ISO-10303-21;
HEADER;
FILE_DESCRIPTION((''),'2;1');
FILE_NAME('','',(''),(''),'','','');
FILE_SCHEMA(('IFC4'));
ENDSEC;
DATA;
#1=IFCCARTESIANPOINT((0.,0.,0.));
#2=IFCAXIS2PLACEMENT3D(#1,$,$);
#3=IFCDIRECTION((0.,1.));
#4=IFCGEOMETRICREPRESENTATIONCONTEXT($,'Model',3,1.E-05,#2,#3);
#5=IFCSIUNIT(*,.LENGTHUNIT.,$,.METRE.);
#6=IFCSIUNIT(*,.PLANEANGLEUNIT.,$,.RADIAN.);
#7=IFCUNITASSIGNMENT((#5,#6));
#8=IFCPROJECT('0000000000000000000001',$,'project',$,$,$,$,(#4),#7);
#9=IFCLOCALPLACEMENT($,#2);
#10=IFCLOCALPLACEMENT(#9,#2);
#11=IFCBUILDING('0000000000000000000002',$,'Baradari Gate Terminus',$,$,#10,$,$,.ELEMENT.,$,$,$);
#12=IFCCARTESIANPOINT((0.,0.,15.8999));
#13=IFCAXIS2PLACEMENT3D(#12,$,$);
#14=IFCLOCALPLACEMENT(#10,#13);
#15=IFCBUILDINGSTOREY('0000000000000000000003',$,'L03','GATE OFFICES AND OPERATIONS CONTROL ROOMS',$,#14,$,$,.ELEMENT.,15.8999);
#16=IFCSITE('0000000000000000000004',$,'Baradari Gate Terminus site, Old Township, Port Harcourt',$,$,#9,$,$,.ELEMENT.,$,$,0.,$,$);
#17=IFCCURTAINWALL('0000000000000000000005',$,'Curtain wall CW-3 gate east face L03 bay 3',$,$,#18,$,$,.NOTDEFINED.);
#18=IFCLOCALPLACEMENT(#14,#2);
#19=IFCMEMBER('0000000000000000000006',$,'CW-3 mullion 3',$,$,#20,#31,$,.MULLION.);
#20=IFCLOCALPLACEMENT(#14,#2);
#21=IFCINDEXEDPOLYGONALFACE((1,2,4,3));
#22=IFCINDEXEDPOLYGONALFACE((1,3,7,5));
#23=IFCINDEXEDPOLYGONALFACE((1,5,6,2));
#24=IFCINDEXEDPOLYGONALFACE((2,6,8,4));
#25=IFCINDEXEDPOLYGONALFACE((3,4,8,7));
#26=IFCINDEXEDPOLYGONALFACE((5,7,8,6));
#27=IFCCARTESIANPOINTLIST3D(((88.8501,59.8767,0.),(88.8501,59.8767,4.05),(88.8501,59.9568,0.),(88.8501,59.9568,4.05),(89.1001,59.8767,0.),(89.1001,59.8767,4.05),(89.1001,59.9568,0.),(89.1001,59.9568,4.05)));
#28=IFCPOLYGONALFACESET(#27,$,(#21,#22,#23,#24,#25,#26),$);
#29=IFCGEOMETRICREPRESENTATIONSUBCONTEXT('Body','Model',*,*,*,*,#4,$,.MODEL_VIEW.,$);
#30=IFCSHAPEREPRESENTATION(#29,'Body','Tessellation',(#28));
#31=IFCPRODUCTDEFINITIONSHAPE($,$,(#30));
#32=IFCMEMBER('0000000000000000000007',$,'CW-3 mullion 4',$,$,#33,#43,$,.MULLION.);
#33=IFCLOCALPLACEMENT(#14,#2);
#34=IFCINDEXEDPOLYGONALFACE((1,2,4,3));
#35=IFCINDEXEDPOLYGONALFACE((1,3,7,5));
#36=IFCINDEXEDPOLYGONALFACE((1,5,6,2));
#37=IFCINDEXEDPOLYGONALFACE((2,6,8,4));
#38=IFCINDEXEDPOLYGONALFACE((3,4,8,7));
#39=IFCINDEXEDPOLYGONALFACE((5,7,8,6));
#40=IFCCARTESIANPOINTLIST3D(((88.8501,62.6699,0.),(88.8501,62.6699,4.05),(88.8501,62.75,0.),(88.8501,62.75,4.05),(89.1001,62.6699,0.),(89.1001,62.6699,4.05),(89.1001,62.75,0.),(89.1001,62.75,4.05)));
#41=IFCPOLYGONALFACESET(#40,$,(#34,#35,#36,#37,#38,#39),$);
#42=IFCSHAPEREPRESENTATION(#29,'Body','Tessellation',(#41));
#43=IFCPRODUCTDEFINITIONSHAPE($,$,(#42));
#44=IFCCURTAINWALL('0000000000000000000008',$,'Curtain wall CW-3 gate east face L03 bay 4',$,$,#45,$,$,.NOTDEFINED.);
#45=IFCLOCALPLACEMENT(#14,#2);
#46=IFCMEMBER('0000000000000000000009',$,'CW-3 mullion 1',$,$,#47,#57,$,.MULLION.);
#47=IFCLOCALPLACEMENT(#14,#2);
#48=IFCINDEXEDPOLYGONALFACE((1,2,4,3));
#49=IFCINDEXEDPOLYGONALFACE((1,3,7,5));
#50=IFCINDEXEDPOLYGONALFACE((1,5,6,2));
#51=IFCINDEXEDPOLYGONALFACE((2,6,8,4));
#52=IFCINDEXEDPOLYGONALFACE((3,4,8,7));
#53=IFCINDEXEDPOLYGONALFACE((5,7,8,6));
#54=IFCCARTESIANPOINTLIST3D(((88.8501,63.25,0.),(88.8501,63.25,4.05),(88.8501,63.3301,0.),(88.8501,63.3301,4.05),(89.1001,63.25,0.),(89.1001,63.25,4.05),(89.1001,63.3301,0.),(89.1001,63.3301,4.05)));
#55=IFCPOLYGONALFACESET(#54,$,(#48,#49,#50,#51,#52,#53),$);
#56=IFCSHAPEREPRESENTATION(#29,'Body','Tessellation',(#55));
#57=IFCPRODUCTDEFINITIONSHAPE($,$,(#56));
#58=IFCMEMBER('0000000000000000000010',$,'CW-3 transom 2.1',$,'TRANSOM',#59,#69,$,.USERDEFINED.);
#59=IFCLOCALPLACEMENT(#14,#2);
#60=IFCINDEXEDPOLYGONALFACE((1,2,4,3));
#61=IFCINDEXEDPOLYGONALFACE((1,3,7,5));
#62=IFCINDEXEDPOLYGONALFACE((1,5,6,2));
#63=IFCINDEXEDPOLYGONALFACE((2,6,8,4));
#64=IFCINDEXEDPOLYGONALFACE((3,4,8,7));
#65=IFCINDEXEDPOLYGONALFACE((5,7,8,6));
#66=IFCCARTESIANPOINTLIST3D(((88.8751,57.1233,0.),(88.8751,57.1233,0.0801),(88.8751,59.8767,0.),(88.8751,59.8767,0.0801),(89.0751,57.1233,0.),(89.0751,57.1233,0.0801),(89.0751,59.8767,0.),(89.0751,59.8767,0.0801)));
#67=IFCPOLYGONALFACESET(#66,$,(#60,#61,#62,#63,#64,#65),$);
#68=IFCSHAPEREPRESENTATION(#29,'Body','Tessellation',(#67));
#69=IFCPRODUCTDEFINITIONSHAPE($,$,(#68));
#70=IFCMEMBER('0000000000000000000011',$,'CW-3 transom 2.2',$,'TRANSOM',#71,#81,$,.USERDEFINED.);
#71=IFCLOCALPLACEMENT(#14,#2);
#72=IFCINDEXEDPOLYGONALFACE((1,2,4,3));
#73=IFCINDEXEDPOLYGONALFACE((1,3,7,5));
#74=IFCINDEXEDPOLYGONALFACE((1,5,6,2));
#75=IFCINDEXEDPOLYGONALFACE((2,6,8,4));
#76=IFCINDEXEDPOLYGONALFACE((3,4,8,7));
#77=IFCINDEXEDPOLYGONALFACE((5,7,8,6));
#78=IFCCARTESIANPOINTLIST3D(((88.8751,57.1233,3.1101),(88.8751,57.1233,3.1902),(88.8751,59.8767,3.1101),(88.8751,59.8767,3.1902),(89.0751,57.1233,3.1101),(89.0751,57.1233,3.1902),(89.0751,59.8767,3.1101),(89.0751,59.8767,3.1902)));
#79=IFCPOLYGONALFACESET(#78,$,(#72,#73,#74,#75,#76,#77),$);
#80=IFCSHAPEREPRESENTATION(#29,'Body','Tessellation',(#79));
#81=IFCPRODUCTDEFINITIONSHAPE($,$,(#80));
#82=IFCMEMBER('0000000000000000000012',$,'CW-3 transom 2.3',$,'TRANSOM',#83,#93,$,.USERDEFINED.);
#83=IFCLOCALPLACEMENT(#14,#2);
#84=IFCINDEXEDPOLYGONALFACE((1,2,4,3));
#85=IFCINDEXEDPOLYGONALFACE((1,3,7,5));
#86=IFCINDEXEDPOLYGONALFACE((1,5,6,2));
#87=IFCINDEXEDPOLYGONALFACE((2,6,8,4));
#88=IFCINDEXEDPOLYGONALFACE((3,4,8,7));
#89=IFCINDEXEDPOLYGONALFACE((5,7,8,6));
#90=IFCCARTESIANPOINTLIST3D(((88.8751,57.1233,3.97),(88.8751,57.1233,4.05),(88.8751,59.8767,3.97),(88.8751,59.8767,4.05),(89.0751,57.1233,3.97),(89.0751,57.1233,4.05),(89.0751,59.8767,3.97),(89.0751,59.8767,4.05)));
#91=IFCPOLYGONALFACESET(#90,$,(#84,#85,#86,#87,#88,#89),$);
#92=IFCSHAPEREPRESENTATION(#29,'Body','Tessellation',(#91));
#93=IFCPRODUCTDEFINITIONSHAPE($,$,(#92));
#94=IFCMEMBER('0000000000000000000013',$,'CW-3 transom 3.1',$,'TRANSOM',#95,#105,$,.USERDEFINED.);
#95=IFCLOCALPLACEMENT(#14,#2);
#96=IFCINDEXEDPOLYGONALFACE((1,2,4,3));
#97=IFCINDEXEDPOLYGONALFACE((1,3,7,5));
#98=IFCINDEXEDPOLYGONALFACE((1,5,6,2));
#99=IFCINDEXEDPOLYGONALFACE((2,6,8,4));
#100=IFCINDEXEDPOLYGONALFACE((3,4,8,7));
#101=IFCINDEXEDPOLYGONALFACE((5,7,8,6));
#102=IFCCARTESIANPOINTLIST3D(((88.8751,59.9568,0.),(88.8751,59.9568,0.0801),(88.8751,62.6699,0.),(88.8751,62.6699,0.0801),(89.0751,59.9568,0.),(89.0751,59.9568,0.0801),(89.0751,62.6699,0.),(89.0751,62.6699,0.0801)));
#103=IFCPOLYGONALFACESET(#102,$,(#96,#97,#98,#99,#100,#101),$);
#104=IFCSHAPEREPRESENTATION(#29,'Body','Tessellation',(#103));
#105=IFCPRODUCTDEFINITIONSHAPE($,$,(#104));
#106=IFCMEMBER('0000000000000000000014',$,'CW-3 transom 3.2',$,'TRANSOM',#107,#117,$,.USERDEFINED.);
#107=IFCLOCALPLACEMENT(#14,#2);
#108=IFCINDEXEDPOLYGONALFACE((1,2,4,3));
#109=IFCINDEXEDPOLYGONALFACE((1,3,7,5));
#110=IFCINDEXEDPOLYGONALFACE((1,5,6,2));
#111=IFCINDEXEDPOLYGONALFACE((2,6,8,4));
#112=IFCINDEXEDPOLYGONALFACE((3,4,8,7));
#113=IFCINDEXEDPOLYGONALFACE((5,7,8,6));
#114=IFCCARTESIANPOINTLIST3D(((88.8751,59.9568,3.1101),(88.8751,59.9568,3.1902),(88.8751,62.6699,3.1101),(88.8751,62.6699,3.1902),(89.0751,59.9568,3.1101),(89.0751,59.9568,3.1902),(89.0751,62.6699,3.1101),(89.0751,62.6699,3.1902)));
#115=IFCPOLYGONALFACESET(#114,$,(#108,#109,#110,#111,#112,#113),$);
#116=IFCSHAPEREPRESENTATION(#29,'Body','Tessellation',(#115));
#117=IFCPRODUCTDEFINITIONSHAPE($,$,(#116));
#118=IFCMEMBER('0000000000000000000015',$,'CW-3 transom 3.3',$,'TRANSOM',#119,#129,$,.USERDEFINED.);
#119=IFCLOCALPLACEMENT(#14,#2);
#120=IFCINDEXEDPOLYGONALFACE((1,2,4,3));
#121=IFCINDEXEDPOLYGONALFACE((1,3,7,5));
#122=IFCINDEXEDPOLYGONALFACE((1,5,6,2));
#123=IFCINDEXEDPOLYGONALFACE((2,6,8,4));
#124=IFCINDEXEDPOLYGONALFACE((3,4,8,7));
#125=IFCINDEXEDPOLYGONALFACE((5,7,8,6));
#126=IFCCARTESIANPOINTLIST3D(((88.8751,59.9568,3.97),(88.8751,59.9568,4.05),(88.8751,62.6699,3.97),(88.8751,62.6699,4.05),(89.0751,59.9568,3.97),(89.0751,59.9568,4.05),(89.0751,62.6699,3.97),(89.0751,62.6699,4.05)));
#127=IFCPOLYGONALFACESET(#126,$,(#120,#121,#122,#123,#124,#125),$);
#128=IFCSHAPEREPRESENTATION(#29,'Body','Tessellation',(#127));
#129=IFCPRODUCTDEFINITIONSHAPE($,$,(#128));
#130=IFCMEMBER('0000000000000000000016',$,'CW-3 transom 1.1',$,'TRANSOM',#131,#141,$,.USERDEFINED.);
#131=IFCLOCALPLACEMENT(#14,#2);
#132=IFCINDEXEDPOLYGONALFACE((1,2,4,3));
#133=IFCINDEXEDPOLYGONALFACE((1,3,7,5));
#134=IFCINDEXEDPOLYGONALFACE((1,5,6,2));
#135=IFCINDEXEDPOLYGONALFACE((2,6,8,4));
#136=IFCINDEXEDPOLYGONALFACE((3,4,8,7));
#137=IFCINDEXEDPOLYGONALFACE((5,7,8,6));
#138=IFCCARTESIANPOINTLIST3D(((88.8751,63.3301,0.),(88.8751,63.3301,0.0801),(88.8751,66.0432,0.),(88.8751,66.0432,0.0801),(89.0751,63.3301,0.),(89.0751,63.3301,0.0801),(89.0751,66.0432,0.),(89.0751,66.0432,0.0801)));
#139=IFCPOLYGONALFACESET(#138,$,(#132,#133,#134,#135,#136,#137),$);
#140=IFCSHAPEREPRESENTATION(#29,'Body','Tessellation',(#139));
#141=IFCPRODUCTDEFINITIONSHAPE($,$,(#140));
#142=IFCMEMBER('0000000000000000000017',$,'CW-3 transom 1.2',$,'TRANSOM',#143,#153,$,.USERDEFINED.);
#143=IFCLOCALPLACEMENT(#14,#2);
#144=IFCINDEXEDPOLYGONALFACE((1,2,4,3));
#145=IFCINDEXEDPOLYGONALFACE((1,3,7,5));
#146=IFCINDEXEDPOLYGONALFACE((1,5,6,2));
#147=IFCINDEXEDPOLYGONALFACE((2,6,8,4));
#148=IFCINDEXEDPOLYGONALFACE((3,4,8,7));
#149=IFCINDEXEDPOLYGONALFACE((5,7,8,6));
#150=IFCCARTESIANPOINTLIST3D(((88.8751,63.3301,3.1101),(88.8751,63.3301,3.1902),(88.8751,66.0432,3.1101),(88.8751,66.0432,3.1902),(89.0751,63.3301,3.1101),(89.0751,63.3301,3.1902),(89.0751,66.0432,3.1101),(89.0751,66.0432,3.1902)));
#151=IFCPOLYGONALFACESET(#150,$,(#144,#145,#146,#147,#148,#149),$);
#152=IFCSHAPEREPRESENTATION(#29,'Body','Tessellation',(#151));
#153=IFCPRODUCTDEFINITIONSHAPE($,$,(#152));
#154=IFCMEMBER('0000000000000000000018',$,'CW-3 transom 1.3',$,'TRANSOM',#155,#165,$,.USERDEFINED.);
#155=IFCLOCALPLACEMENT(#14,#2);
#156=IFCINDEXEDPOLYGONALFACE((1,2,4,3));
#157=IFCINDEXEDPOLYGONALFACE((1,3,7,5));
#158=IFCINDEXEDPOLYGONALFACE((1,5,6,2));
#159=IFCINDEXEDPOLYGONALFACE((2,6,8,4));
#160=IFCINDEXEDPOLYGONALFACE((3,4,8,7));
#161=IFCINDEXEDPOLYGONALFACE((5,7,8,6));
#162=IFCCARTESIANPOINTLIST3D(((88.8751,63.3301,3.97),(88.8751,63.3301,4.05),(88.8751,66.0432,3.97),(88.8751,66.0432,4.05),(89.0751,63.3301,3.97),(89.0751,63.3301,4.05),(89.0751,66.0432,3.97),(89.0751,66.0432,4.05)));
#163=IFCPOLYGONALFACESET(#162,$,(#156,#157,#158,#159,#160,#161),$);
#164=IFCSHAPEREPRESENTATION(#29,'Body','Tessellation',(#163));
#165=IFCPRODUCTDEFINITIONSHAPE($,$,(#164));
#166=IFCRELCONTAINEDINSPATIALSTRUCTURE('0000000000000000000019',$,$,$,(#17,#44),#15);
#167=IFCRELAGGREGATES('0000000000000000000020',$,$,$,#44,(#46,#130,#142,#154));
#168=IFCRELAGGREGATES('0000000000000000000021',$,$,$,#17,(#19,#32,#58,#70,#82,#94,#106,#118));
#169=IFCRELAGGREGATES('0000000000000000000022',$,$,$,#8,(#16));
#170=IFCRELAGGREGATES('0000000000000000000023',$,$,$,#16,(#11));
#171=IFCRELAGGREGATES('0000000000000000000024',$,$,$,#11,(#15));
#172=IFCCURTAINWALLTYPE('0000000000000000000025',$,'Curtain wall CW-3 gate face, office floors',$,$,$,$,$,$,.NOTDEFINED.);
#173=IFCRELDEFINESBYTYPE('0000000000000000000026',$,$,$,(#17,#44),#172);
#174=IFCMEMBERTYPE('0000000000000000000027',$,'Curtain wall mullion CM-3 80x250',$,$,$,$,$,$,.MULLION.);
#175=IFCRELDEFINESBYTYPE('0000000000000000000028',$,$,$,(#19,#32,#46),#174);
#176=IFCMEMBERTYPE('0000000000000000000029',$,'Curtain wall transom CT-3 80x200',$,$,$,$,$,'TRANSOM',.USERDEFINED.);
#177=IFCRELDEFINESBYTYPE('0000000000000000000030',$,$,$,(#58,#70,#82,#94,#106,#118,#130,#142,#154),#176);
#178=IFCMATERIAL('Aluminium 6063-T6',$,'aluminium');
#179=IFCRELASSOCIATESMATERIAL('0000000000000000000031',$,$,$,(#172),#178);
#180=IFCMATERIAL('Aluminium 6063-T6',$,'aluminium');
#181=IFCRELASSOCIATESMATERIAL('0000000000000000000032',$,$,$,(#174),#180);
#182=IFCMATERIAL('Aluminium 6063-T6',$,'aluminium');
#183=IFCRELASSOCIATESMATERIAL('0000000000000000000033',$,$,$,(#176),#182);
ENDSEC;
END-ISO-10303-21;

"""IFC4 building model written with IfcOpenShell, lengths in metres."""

from ifc_helpers import new_model, si_unit, direction, frame, origin, origin_2d, place, context, subcontext, project, spatial, rectangle, extrude, material, material_profile, profile_set, type_object, element, aggregate, save


model = new_model("IFC4")

# Units and contexts
model_context = context("Model", 3, precision=1e-05, world=origin(), true_north=direction((0.0, 1.0)))
body_context = subcontext(model_context, "Body", "Model", "MODEL_VIEW")
ifc_project = project(units=[si_unit("LENGTHUNIT", "METRE"), si_unit("PLANEANGLEUNIT", "RADIAN")], contexts=[model_context])

# Site, building, storey
site_placement = place(None, origin())
site = spatial("IfcSite", under=ifc_project, at=site_placement, Name="Baradari Gate Terminus site, Old Township, Port Harcourt", CompositionType="ELEMENT", RefElevation=0.0)
building_placement = place(site_placement, origin())
building = spatial("IfcBuilding", under=site, at=building_placement, Name="Baradari Gate Terminus", CompositionType="ELEMENT")
storey_placement = place(building_placement, frame((0.0, 0.0, 15.8999)))
storey = spatial("IfcBuildingStorey", under=building, at=storey_placement, Name="L03", Description="GATE OFFICES AND OPERATIONS CONTROL ROOMS", CompositionType="ELEMENT", Elevation=15.8999)

# Curtain wall, members
ifc_material_1 = material(Name="Aluminium 6063-T6", Category="aluminium")
curtain_wall_type = type_object("IfcCurtainWallType", Name="Curtain wall CW-3 gate face, office floors", PredefinedType="NOTDEFINED", material=ifc_material_1)
curtain_wall_1_placement = place(storey_placement, origin())
curtain_wall_1 = element("IfcCurtainWall", 1, at=curtain_wall_1_placement, inside=storey, type_object=curtain_wall_type, Name="Curtain wall CW-3 gate east face L03 bay 3", PredefinedType="NOTDEFINED")
ifc_material_2 = material(Name="Aluminium 6063-T6", Category="aluminium")
ifc_material_profile_1 = material_profile(ifc_material_2, rectangle(XDim=0.25, YDim=0.0801, at=origin_2d()), Name="CM-3 80X250")
ifc_profile_set_1 = profile_set([ifc_material_profile_1], Name="Aluminium 6063-T6")
member_type_1 = type_object("IfcMemberType", Name="Curtain wall mullion CM-3 80x250", PredefinedType="MULLION", material=ifc_profile_set_1)
member_1_placement = place(storey_placement, frame((88.9751, 59.9167, 0.0), z_axis=(0.0, 0.0, 1.0), x_axis=(-1.0, 0.0, 0.0)))
member_1 = element("IfcMember", 2, at=member_1_placement, type_object=member_type_1, Name="CW-3 mullion 3", PredefinedType="MULLION", context=body_context, shape_type="SweptSolid", body=[
    extrude(rectangle(XDim=0.25, YDim=0.0801, at=origin_2d()), origin(), (0.0, 0.0, 1.0), 4.05),
])
member_2_placement = place(storey_placement, frame((88.9751, 62.71, 0.0), z_axis=(0.0, 0.0, 1.0), x_axis=(-1.0, 0.0, 0.0)))
member_2 = element("IfcMember", 3, at=member_2_placement, type_object=member_type_1, Name="CW-3 mullion 4", PredefinedType="MULLION", context=body_context, shape_type="SweptSolid", body=[
    extrude(rectangle(XDim=0.25, YDim=0.0801, at=origin_2d()), origin(), (0.0, 0.0, 1.0), 4.05),
])

# Curtain wall, member
curtain_wall_2_placement = place(storey_placement, origin())
curtain_wall_2 = element("IfcCurtainWall", 4, at=curtain_wall_2_placement, inside=storey, type_object=curtain_wall_type, Name="Curtain wall CW-3 gate east face L03 bay 4", PredefinedType="NOTDEFINED")
member_3_placement = place(storey_placement, frame((88.9751, 63.29, 0.0), z_axis=(0.0, 0.0, 1.0), x_axis=(-1.0, 0.0, 0.0)))
member_3 = element("IfcMember", 5, at=member_3_placement, type_object=member_type_1, Name="CW-3 mullion 1", PredefinedType="MULLION", context=body_context, shape_type="SweptSolid", body=[
    extrude(rectangle(XDim=0.25, YDim=0.0801, at=origin_2d()), origin(), (0.0, 0.0, 1.0), 4.05),
])

# Members
ifc_material_3 = material(Name="Aluminium 6063-T6", Category="aluminium")
ifc_material_profile_2 = material_profile(ifc_material_3, rectangle(XDim=0.2, YDim=0.0801, at=origin_2d()), Name="CT-3 80X200")
ifc_profile_set_2 = profile_set([ifc_material_profile_2], Name="Aluminium 6063-T6")
member_type_2 = type_object("IfcMemberType", Name="Curtain wall transom CT-3 80x200", ElementType="TRANSOM", PredefinedType="USERDEFINED", material=ifc_profile_set_2)
member_4_placement = place(storey_placement, frame((88.9751, 57.1233, 0.04), z_axis=(0.0, 1.0, 0.0), x_axis=(-1.0, 0.0, 0.0)))
member_4 = element("IfcMember", 6, at=member_4_placement, type_object=member_type_2, Name="CW-3 transom 2.1", ObjectType="TRANSOM", PredefinedType="USERDEFINED", context=body_context, shape_type="SweptSolid", body=[
    extrude(rectangle(XDim=0.2, YDim=0.0801, at=origin_2d()), origin(), (0.0, 0.0, 1.0), 2.7534),
])
member_5_placement = place(storey_placement, frame((88.9751, 57.1233, 3.1501), z_axis=(0.0, 1.0, 0.0), x_axis=(-1.0, 0.0, 0.0)))
member_5 = element("IfcMember", 7, at=member_5_placement, type_object=member_type_2, Name="CW-3 transom 2.2", ObjectType="TRANSOM", PredefinedType="USERDEFINED", context=body_context, shape_type="SweptSolid", body=[
    extrude(rectangle(XDim=0.2, YDim=0.0801, at=origin_2d()), origin(), (0.0, 0.0, 1.0), 2.7534),
])
member_6_placement = place(storey_placement, frame((88.9751, 57.1233, 4.01), z_axis=(0.0, 1.0, 0.0), x_axis=(-1.0, 0.0, 0.0)))
member_6 = element("IfcMember", 8, at=member_6_placement, type_object=member_type_2, Name="CW-3 transom 2.3", ObjectType="TRANSOM", PredefinedType="USERDEFINED", context=body_context, shape_type="SweptSolid", body=[
    extrude(rectangle(XDim=0.2, YDim=0.0801, at=origin_2d()), origin(), (0.0, 0.0, 1.0), 2.7534),
])
member_7_placement = place(storey_placement, frame((88.9751, 59.9568, 0.04), z_axis=(0.0, 1.0, 0.0), x_axis=(-1.0, 0.0, 0.0)))
member_7 = element("IfcMember", 9, at=member_7_placement, type_object=member_type_2, Name="CW-3 transom 3.1", ObjectType="TRANSOM", PredefinedType="USERDEFINED", context=body_context, shape_type="SweptSolid", body=[
    extrude(rectangle(XDim=0.2, YDim=0.0801, at=origin_2d()), origin(), (0.0, 0.0, 1.0), 2.7131),
])
member_8_placement = place(storey_placement, frame((88.9751, 59.9568, 3.1501), z_axis=(0.0, 1.0, 0.0), x_axis=(-1.0, 0.0, 0.0)))
member_8 = element("IfcMember", 10, at=member_8_placement, type_object=member_type_2, Name="CW-3 transom 3.2", ObjectType="TRANSOM", PredefinedType="USERDEFINED", context=body_context, shape_type="SweptSolid", body=[
    extrude(rectangle(XDim=0.2, YDim=0.0801, at=origin_2d()), origin(), (0.0, 0.0, 1.0), 2.7131),
])
member_9_placement = place(storey_placement, frame((88.9751, 59.9568, 4.01), z_axis=(0.0, 1.0, 0.0), x_axis=(-1.0, 0.0, 0.0)))
member_9 = element("IfcMember", 11, at=member_9_placement, type_object=member_type_2, Name="CW-3 transom 3.3", ObjectType="TRANSOM", PredefinedType="USERDEFINED", context=body_context, shape_type="SweptSolid", body=[
    extrude(rectangle(XDim=0.2, YDim=0.0801, at=origin_2d()), origin(), (0.0, 0.0, 1.0), 2.7131),
])
member_10_placement = place(storey_placement, frame((88.9751, 63.3301, 0.04), z_axis=(0.0, 1.0, 0.0), x_axis=(-1.0, 0.0, 0.0)))
member_10 = element("IfcMember", 12, at=member_10_placement, type_object=member_type_2, Name="CW-3 transom 1.1", ObjectType="TRANSOM", PredefinedType="USERDEFINED", context=body_context, shape_type="SweptSolid", body=[
    extrude(rectangle(XDim=0.2, YDim=0.0801, at=origin_2d()), origin(), (0.0, 0.0, 1.0), 2.7131),
])
member_11_placement = place(storey_placement, frame((88.9751, 63.3301, 3.1501), z_axis=(0.0, 1.0, 0.0), x_axis=(-1.0, 0.0, 0.0)))
member_11 = element("IfcMember", 13, at=member_11_placement, type_object=member_type_2, Name="CW-3 transom 1.2", ObjectType="TRANSOM", PredefinedType="USERDEFINED", context=body_context, shape_type="SweptSolid", body=[
    extrude(rectangle(XDim=0.2, YDim=0.0801, at=origin_2d()), origin(), (0.0, 0.0, 1.0), 2.7131),
])
member_12_placement = place(storey_placement, frame((88.9751, 63.3301, 4.01), z_axis=(0.0, 1.0, 0.0), x_axis=(-1.0, 0.0, 0.0)))
member_12 = element("IfcMember", 14, at=member_12_placement, type_object=member_type_2, Name="CW-3 transom 1.3", ObjectType="TRANSOM", PredefinedType="USERDEFINED", context=body_context, shape_type="SweptSolid", body=[
    extrude(rectangle(XDim=0.2, YDim=0.0801, at=origin_2d()), origin(), (0.0, 0.0, 1.0), 2.7131),
])
aggregate(curtain_wall_2, [member_3, member_10, member_11, member_12])

aggregate(curtain_wall_1, [member_1, member_2, member_4, member_5, member_6, member_7, member_8, member_9])

save(model, "model.ifc")
